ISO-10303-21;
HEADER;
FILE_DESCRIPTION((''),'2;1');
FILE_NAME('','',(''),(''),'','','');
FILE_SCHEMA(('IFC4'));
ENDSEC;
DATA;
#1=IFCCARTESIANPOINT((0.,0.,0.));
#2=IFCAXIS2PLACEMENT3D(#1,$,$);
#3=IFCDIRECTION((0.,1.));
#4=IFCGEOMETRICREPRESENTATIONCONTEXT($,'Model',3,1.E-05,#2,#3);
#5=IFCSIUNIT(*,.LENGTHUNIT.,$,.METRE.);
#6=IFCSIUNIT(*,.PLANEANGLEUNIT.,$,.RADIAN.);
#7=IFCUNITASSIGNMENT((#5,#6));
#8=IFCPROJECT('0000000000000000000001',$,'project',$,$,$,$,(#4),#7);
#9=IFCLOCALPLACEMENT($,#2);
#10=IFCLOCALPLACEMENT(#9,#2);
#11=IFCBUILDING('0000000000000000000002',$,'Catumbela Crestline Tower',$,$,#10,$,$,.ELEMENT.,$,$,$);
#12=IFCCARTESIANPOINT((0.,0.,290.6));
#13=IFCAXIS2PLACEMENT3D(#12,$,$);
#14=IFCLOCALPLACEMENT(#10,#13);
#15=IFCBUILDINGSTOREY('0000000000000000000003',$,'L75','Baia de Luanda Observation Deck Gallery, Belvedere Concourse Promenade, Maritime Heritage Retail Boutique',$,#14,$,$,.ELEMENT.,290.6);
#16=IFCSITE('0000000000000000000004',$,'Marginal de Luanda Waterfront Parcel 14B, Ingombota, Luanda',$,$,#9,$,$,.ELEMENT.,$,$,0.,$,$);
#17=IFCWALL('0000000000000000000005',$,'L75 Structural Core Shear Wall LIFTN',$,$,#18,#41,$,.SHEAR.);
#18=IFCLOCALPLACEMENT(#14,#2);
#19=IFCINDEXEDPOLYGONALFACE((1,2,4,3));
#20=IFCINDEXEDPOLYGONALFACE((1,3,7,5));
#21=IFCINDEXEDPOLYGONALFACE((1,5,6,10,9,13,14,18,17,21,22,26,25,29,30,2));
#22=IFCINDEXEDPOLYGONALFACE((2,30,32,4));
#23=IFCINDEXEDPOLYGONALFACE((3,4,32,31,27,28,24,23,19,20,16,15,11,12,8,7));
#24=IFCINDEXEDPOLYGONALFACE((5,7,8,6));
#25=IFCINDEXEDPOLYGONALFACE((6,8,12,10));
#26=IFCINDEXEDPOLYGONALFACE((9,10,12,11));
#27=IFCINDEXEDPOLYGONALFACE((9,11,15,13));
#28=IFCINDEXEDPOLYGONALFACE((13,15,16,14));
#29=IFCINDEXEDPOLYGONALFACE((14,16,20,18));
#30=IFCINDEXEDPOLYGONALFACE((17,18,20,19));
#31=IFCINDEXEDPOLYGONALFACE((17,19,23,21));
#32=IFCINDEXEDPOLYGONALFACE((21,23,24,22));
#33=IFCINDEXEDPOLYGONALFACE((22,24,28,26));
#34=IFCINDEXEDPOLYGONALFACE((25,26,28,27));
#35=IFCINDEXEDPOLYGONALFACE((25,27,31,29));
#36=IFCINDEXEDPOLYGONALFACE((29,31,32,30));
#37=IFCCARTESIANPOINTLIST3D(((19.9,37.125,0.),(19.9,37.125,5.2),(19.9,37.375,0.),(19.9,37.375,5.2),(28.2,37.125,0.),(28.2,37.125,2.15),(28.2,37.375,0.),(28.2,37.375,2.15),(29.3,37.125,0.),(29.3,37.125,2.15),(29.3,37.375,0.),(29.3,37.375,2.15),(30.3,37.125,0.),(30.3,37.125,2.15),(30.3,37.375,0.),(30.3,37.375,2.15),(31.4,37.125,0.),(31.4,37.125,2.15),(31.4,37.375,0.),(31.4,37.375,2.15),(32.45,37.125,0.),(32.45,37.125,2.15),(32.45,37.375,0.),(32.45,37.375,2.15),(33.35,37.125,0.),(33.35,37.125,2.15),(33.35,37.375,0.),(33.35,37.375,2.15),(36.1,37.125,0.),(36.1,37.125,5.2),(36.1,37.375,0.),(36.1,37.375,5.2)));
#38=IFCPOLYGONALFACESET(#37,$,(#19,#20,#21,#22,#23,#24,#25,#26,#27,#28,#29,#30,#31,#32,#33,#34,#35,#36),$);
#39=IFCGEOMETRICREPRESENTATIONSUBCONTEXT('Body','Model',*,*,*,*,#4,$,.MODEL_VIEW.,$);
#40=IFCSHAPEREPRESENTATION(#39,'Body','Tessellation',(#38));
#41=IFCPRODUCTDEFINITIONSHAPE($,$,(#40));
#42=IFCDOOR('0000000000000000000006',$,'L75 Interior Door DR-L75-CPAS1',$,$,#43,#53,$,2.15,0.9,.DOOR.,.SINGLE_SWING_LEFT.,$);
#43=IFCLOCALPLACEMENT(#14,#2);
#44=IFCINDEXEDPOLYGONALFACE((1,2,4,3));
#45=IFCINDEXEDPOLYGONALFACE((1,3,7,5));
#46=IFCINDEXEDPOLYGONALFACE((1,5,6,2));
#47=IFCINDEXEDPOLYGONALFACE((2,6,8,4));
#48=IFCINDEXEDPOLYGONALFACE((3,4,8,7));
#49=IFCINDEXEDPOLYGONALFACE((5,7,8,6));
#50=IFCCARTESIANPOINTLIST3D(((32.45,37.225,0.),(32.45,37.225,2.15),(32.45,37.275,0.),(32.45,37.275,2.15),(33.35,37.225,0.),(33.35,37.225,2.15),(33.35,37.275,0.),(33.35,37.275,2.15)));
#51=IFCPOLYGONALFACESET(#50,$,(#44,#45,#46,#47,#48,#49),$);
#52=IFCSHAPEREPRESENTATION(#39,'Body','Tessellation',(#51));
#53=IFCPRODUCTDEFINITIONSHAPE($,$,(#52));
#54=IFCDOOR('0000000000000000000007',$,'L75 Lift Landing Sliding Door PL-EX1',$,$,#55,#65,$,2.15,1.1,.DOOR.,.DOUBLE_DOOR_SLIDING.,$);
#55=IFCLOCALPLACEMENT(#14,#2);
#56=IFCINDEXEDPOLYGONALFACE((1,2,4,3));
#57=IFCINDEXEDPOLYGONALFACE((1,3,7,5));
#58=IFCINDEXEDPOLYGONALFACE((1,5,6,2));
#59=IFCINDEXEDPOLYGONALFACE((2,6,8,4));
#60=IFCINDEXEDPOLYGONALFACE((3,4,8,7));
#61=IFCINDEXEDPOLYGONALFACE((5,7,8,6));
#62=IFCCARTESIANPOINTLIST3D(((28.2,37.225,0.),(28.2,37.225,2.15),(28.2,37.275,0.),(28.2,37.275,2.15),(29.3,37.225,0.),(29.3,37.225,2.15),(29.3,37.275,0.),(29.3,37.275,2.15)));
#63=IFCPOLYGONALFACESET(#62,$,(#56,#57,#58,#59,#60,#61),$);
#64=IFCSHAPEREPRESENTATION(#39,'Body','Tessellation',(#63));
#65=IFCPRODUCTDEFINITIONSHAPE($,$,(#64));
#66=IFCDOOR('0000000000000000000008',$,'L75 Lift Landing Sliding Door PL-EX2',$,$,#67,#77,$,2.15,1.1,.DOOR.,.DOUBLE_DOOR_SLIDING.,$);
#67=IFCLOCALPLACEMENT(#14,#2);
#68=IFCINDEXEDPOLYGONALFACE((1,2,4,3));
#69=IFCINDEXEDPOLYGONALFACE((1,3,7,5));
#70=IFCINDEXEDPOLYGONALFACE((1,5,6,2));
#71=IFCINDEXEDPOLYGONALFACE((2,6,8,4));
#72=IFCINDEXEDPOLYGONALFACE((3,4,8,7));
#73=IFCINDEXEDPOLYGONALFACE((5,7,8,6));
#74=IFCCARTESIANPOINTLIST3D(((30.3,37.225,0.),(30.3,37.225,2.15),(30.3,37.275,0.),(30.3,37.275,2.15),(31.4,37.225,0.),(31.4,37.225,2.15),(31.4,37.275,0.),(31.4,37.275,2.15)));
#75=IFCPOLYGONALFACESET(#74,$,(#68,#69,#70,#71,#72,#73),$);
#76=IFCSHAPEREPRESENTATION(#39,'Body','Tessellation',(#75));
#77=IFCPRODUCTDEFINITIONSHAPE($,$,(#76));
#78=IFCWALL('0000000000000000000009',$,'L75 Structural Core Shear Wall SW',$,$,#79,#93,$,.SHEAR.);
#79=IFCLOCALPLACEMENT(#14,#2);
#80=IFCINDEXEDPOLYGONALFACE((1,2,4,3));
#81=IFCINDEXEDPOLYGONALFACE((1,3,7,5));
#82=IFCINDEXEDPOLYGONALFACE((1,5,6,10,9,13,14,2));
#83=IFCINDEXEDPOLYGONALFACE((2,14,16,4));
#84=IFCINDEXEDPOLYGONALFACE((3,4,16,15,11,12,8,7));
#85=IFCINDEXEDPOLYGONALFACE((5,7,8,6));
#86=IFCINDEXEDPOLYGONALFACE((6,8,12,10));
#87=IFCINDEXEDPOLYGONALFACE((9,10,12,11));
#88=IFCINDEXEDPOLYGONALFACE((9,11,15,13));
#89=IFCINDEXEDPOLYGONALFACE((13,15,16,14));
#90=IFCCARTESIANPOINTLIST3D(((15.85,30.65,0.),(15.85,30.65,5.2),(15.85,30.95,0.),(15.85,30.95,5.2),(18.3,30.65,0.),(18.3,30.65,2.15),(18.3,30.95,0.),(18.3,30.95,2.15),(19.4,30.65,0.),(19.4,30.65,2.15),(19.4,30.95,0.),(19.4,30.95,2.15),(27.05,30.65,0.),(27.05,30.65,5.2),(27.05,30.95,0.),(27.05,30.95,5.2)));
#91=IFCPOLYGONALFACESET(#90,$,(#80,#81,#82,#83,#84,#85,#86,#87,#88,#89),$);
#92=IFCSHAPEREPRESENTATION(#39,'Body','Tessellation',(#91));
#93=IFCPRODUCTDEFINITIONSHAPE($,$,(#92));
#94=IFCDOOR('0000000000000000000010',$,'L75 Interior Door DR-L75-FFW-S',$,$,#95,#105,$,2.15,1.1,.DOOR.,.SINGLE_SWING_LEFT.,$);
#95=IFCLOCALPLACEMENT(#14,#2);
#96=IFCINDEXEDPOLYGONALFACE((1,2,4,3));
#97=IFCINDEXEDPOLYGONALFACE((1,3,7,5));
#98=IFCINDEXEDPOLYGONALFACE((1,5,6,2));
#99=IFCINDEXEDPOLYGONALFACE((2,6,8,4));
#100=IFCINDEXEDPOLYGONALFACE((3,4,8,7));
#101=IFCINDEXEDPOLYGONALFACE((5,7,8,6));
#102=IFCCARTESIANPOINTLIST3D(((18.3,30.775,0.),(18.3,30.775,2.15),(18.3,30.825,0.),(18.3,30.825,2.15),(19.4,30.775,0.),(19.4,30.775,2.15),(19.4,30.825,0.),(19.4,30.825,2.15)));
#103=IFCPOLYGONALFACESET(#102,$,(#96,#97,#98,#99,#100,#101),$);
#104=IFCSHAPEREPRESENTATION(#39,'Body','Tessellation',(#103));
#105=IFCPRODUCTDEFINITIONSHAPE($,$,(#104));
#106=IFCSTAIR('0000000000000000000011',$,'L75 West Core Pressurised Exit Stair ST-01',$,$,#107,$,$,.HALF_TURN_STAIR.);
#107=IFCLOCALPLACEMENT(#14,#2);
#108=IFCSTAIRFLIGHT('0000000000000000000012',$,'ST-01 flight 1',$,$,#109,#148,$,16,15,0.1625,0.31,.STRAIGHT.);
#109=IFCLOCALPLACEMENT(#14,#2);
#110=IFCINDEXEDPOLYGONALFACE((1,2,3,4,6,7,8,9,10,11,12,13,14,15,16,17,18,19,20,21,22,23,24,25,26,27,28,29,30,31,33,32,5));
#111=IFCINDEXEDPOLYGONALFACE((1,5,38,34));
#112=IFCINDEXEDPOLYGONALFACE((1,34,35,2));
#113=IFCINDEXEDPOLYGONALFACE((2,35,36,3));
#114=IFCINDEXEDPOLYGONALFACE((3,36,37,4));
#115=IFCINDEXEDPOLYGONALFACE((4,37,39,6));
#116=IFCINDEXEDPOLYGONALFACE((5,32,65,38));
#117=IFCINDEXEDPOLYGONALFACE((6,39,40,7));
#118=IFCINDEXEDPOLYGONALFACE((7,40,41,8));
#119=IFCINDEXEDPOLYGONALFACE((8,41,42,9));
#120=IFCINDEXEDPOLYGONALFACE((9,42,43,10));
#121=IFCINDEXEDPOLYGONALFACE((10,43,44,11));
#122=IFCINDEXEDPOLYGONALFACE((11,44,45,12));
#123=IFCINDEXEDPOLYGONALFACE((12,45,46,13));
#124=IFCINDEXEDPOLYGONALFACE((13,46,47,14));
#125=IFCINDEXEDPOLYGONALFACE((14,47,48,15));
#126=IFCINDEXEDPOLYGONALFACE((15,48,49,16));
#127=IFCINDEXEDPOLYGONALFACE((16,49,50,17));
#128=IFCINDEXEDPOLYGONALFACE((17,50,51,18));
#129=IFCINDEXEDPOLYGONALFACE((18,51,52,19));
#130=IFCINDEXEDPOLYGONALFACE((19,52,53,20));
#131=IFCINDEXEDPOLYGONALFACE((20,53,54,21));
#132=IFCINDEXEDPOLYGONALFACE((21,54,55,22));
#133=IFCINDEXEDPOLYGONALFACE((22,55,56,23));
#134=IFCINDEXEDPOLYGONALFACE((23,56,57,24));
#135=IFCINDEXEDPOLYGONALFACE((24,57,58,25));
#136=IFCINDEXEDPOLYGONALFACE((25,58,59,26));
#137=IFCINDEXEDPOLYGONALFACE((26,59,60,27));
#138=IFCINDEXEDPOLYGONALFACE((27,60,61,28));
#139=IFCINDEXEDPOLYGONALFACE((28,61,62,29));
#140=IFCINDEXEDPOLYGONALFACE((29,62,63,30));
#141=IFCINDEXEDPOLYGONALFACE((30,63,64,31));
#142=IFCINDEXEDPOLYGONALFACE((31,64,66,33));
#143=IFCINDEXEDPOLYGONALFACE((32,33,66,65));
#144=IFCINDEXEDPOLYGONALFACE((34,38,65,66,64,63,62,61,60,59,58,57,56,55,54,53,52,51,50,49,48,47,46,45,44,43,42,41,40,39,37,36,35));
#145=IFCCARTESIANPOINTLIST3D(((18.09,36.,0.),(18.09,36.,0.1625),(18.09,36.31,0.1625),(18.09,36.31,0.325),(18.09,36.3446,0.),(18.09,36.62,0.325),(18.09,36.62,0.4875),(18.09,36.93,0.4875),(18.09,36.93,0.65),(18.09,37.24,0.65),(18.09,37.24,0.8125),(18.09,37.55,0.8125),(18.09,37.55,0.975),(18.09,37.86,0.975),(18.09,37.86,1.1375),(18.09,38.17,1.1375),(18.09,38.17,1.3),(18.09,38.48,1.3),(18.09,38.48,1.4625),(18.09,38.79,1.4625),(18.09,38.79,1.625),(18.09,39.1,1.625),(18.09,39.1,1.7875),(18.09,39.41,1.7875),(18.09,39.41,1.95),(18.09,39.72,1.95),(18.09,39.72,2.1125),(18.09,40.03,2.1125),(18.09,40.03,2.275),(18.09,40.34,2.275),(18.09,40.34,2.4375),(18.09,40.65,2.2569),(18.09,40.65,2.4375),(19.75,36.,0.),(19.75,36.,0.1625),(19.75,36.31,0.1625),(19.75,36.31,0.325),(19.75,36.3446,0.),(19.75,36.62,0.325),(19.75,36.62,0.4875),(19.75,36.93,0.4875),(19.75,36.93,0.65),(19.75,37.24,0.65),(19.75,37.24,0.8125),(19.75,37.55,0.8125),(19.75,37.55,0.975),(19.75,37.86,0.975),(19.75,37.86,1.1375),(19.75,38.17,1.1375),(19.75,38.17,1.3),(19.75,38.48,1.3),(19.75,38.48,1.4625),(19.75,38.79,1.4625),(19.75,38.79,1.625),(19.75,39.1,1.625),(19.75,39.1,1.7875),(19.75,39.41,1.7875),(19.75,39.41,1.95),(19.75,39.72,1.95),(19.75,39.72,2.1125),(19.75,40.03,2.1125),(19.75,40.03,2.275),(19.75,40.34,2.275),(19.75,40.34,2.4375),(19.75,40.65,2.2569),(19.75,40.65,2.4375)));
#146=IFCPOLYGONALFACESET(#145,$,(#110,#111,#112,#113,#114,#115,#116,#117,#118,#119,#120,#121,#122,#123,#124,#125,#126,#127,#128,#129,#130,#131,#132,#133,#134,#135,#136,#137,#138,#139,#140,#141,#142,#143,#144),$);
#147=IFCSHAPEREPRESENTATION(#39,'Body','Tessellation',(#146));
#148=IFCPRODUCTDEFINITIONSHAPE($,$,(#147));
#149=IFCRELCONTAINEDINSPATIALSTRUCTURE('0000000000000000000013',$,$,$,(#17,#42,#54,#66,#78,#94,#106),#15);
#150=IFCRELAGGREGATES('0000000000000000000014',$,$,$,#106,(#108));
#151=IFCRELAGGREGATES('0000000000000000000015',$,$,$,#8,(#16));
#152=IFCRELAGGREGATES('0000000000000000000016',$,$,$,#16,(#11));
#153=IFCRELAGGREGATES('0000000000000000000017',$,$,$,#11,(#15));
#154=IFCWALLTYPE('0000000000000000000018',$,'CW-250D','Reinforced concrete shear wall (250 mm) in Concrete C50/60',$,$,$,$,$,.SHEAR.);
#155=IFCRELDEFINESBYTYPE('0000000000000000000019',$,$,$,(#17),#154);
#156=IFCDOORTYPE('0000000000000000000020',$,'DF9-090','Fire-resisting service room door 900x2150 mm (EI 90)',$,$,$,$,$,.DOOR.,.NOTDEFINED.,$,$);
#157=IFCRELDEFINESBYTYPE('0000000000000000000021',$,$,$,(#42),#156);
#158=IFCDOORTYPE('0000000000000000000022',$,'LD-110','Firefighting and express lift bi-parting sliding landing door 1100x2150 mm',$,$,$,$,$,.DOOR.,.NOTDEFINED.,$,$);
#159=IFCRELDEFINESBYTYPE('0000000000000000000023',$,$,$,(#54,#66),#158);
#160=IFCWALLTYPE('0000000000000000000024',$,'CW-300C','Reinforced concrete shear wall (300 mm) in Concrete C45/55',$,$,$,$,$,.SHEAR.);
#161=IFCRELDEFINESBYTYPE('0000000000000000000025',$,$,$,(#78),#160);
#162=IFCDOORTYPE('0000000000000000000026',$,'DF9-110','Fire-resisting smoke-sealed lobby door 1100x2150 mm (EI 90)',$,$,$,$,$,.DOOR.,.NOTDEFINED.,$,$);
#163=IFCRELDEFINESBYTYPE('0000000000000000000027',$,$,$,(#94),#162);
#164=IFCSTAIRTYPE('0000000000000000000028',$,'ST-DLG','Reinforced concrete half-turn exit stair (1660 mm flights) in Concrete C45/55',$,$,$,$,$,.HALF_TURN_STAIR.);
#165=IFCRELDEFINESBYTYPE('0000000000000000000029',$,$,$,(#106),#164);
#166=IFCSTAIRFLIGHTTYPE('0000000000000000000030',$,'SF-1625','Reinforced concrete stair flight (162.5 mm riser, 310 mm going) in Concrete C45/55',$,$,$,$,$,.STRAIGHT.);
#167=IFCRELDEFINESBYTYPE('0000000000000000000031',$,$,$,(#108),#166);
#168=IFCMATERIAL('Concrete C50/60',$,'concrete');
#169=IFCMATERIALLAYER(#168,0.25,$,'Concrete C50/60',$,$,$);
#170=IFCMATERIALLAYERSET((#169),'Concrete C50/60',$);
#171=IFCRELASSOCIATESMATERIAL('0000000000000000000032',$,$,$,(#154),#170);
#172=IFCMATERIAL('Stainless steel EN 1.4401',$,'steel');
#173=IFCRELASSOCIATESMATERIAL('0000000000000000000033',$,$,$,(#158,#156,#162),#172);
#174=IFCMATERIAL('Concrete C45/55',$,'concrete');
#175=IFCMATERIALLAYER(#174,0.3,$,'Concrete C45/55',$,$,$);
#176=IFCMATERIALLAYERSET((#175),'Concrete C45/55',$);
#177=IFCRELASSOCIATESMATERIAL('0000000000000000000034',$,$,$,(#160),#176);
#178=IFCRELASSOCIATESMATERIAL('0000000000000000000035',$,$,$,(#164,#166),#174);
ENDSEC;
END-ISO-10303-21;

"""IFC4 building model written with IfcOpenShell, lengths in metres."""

from ifc_helpers import new_model, si_unit, direction, frame, frame_2d, origin, place, context, subcontext, project, spatial, polyline, rectangle, outline, extrude, material, layer, layer_set, type_object, element, fill, aggregate, save


model = new_model("IFC4")

# Units and contexts
model_context = context("Model", 3, precision=1e-05, world=origin(), true_north=direction((0.0, 1.0)))
body_context = subcontext(model_context, "Body", "Model", "MODEL_VIEW")
ifc_project = project(units=[si_unit("LENGTHUNIT", "METRE"), si_unit("PLANEANGLEUNIT", "RADIAN")], contexts=[model_context])

# Site, building, storey
site_placement = place(None, origin())
site = spatial("IfcSite", under=ifc_project, at=site_placement, Name="Marginal de Luanda Waterfront Parcel 14B, Ingombota, Luanda", CompositionType="ELEMENT", RefElevation=0.0)
building_placement = place(site_placement, origin())
building = spatial("IfcBuilding", under=site, at=building_placement, Name="Catumbela Crestline Tower", CompositionType="ELEMENT")
storey_placement = place(building_placement, frame((0.0, 0.0, 290.6)))
storey = spatial("IfcBuildingStorey", under=building, at=storey_placement, Name="L75", Description="Baia de Luanda Observation Deck Gallery, Belvedere Concourse Promenade, Maritime Heritage Retail Boutique", CompositionType="ELEMENT", Elevation=290.6)

# Shared definitions
ifc_material_1 = material(Name="Concrete C50/60", Category="concrete")
ifc_layer_1 = layer(ifc_material_1, 0.25, Name="Concrete C50/60")
ifc_layer_set_1 = layer_set([ifc_layer_1], Name="Concrete C50/60")
wall_type_1 = type_object("IfcWallType", Name="CW-250D", Description="Reinforced concrete shear wall (250 mm) in Concrete C50/60", PredefinedType="SHEAR", material=ifc_layer_set_1)

# Shared definitions
ifc_material_2 = material(Name="Stainless steel EN 1.4401", Category="steel")
door_type_1 = type_object("IfcDoorType", Name="LD-110", Description="Firefighting and express lift bi-parting sliding landing door 1100x2150 mm", OperationType="NOTDEFINED", PredefinedType="DOOR", material=ifc_material_2)

# Wall, openings, doors
wall_1_placement = place(storey_placement, frame((19.9, 37.25, 0.0), z_axis=(0.0, 0.0, 1.0), x_axis=(1.0, 0.0, 0.0)))
wall_1 = element("IfcWall", 1, at=wall_1_placement, inside=storey, type_object=wall_type_1, Name="L75 Structural Core Shear Wall LIFTN", PredefinedType="SHEAR", context=body_context, shape_type="SweptSolid", body=[
    extrude(rectangle(XDim=16.2, YDim=0.25, at=frame_2d((8.1, 0.0))), origin(), (0.0, 0.0, 1.0), 5.2),
])
opening_1_placement = place(wall_1_placement, frame((12.55, 0.0, 0.0)))
opening_1 = element("IfcOpeningElement", 2, at=opening_1_placement, cuts=wall_1, PredefinedType="OPENING", context=body_context, shape_type="SweptSolid", body=[
    extrude(rectangle(XDim=0.9, YDim=2.15, at=frame_2d((0.45, 1.075))), frame((0.0, 0.135, 0.0), z_axis=(0.0, -1.0, 0.0), x_axis=(1.0, 0.0, 0.0)), (0.0, 0.0, 1.0), 0.27),
])
opening_2_placement = place(wall_1_placement, frame((8.3, 0.0, 0.0)))
opening_2 = element("IfcOpeningElement", 3, at=opening_2_placement, cuts=wall_1, PredefinedType="OPENING", context=body_context, shape_type="SweptSolid", body=[
    extrude(rectangle(XDim=1.1, YDim=2.15, at=frame_2d((0.55, 1.075))), frame((0.0, 0.135, 0.0), z_axis=(0.0, -1.0, 0.0), x_axis=(1.0, 0.0, 0.0)), (0.0, 0.0, 1.0), 0.27),
])
opening_3_placement = place(wall_1_placement, frame((10.4, 0.0, 0.0)))
opening_3 = element("IfcOpeningElement", 4, at=opening_3_placement, cuts=wall_1, PredefinedType="OPENING", context=body_context, shape_type="SweptSolid", body=[
    extrude(rectangle(XDim=1.1, YDim=2.15, at=frame_2d((0.55, 1.075))), frame((0.0, 0.135, 0.0), z_axis=(0.0, -1.0, 0.0), x_axis=(1.0, 0.0, 0.0)), (0.0, 0.0, 1.0), 0.27),
])
door_type_2 = type_object("IfcDoorType", Name="DF9-090", Description="Fire-resisting service room door 900x2150 mm (EI 90)", OperationType="NOTDEFINED", PredefinedType="DOOR", material=ifc_material_2)
door_1_placement = place(opening_1_placement, origin())
door_1 = element("IfcDoor", 5, at=door_1_placement, inside=storey, type_object=door_type_2, Name="L75 Interior Door DR-L75-CPAS1", OperationType="SINGLE_SWING_LEFT", OverallHeight=2.15, OverallWidth=0.9, PredefinedType="DOOR", context=body_context, shape_type="SweptSolid", body=[
    extrude(rectangle(XDim=0.9, YDim=2.15, at=frame_2d((0.45, 1.075))), frame((0.0, 0.025, 0.0), z_axis=(0.0, -1.0, 0.0), x_axis=(1.0, 0.0, 0.0)), (0.0, 0.0, 1.0), 0.05),
])
fill(opening_1, door_1)
door_2_placement = place(opening_2_placement, origin())
door_2 = element("IfcDoor", 6, at=door_2_placement, inside=storey, type_object=door_type_1, Name="L75 Lift Landing Sliding Door PL-EX1", OperationType="DOUBLE_DOOR_SLIDING", OverallHeight=2.15, OverallWidth=1.1, PredefinedType="DOOR", context=body_context, shape_type="SweptSolid", body=[
    extrude(rectangle(XDim=1.1, YDim=2.15, at=frame_2d((0.55, 1.075))), frame((0.0, 0.025, 0.0), z_axis=(0.0, -1.0, 0.0), x_axis=(1.0, 0.0, 0.0)), (0.0, 0.0, 1.0), 0.05),
])
fill(opening_2, door_2)
door_3_placement = place(opening_3_placement, origin())
door_3 = element("IfcDoor", 7, at=door_3_placement, inside=storey, type_object=door_type_1, Name="L75 Lift Landing Sliding Door PL-EX2", OperationType="DOUBLE_DOOR_SLIDING", OverallHeight=2.15, OverallWidth=1.1, PredefinedType="DOOR", context=body_context, shape_type="SweptSolid", body=[
    extrude(rectangle(XDim=1.1, YDim=2.15, at=frame_2d((0.55, 1.075))), frame((0.0, 0.025, 0.0), z_axis=(0.0, -1.0, 0.0), x_axis=(1.0, 0.0, 0.0)), (0.0, 0.0, 1.0), 0.05),
])
fill(opening_3, door_3)

# Wall, opening, door
ifc_material_3 = material(Name="Concrete C45/55", Category="concrete")
ifc_layer_2 = layer(ifc_material_3, 0.3, Name="Concrete C45/55")
ifc_layer_set_2 = layer_set([ifc_layer_2], Name="Concrete C45/55")
wall_type_2 = type_object("IfcWallType", Name="CW-300C", Description="Reinforced concrete shear wall (300 mm) in Concrete C45/55", PredefinedType="SHEAR", material=ifc_layer_set_2)
wall_2_placement = place(storey_placement, frame((15.85, 30.8, 0.0), z_axis=(0.0, 0.0, 1.0), x_axis=(1.0, 0.0, 0.0)))
wall_2 = element("IfcWall", 8, at=wall_2_placement, inside=storey, type_object=wall_type_2, Name="L75 Structural Core Shear Wall SW", PredefinedType="SHEAR", context=body_context, shape_type="SweptSolid", body=[
    extrude(rectangle(XDim=11.2, YDim=0.3, at=frame_2d((5.6, 0.0))), origin(), (0.0, 0.0, 1.0), 5.2),
])
opening_4_placement = place(wall_2_placement, frame((2.45, 0.0, 0.0)))
opening_4 = element("IfcOpeningElement", 9, at=opening_4_placement, cuts=wall_2, PredefinedType="OPENING", context=body_context, shape_type="SweptSolid", body=[
    extrude(rectangle(XDim=1.1, YDim=2.15, at=frame_2d((0.55, 1.075))), frame((0.0, 0.16, 0.0), z_axis=(0.0, -1.0, 0.0), x_axis=(1.0, 0.0, 0.0)), (0.0, 0.0, 1.0), 0.32),
])
door_type_3 = type_object("IfcDoorType", Name="DF9-110", Description="Fire-resisting smoke-sealed lobby door 1100x2150 mm (EI 90)", OperationType="NOTDEFINED", PredefinedType="DOOR", material=ifc_material_2)
door_4_placement = place(opening_4_placement, origin())
door_4 = element("IfcDoor", 10, at=door_4_placement, inside=storey, type_object=door_type_3, Name="L75 Interior Door DR-L75-FFW-S", OperationType="SINGLE_SWING_LEFT", OverallHeight=2.15, OverallWidth=1.1, PredefinedType="DOOR", context=body_context, shape_type="SweptSolid", body=[
    extrude(rectangle(XDim=1.1, YDim=2.15, at=frame_2d((0.55, 1.075))), frame((0.0, 0.025, 0.0), z_axis=(0.0, -1.0, 0.0), x_axis=(1.0, 0.0, 0.0)), (0.0, 0.0, 1.0), 0.05),
])
fill(opening_4, door_4)

# Stair, stair flight
stair_type = type_object("IfcStairType", Name="ST-DLG", Description="Reinforced concrete half-turn exit stair (1660 mm flights) in Concrete C45/55", PredefinedType="HALF_TURN_STAIR", material=ifc_material_3)
stair_placement = place(storey_placement, origin())
stair = element("IfcStair", 11, at=stair_placement, inside=storey, type_object=stair_type, Name="L75 West Core Pressurised Exit Stair ST-01", PredefinedType="HALF_TURN_STAIR")
stair_flight_type = type_object("IfcStairFlightType", Name="SF-1625", Description="Reinforced concrete stair flight (162.5 mm riser, 310 mm going) in Concrete C45/55", PredefinedType="STRAIGHT", material=ifc_material_3)
stair_flight_placement = place(storey_placement, frame((18.92, 36.0, 0.0), z_axis=(0.0, 0.0, 1.0), x_axis=(0.0, 1.0, 0.0)))
stair_flight = element("IfcStairFlight", 12, at=stair_flight_placement, type_object=stair_flight_type, Name="ST-01 flight 1", NumberOfRisers=16, NumberOfTreads=15, PredefinedType="STRAIGHT", RiserHeight=0.1625, TreadLength=0.31, context=body_context, shape_type="SweptSolid", body=[
    extrude(outline(polyline([(0.0, 0.0), (0.0, 0.1625), (0.31, 0.1625), (0.31, 0.325), (0.62, 0.325), (0.62, 0.4875), (0.93, 0.4875), (0.93, 0.65), (1.24, 0.65), (1.24, 0.8125), (1.55, 0.8125), (1.55, 0.975), (1.86, 0.975), (1.86, 1.1375), (2.17, 1.1375), (2.17, 1.3), (2.48, 1.3), (2.48, 1.4625), (2.79, 1.4625), (2.79, 1.625), (3.1, 1.625), (3.1, 1.7875), (3.41, 1.7875), (3.41, 1.95), (3.72, 1.95), (3.72, 2.1125), (4.03, 2.1125), (4.03, 2.275), (4.34, 2.275), (4.34, 2.4375), (4.65, 2.4375), (4.65, 2.6), (4.65, 2.2569), (0.3446, 0.0), (0.0, 0.0)])), frame((0.0, 0.83, 0.0), z_axis=(0.0, -1.0, 0.0), x_axis=(1.0, 0.0, 0.0)), (0.0, 0.0, 1.0), 1.66),
])
aggregate(stair, [stair_flight])

save(model, "model.ifc")
